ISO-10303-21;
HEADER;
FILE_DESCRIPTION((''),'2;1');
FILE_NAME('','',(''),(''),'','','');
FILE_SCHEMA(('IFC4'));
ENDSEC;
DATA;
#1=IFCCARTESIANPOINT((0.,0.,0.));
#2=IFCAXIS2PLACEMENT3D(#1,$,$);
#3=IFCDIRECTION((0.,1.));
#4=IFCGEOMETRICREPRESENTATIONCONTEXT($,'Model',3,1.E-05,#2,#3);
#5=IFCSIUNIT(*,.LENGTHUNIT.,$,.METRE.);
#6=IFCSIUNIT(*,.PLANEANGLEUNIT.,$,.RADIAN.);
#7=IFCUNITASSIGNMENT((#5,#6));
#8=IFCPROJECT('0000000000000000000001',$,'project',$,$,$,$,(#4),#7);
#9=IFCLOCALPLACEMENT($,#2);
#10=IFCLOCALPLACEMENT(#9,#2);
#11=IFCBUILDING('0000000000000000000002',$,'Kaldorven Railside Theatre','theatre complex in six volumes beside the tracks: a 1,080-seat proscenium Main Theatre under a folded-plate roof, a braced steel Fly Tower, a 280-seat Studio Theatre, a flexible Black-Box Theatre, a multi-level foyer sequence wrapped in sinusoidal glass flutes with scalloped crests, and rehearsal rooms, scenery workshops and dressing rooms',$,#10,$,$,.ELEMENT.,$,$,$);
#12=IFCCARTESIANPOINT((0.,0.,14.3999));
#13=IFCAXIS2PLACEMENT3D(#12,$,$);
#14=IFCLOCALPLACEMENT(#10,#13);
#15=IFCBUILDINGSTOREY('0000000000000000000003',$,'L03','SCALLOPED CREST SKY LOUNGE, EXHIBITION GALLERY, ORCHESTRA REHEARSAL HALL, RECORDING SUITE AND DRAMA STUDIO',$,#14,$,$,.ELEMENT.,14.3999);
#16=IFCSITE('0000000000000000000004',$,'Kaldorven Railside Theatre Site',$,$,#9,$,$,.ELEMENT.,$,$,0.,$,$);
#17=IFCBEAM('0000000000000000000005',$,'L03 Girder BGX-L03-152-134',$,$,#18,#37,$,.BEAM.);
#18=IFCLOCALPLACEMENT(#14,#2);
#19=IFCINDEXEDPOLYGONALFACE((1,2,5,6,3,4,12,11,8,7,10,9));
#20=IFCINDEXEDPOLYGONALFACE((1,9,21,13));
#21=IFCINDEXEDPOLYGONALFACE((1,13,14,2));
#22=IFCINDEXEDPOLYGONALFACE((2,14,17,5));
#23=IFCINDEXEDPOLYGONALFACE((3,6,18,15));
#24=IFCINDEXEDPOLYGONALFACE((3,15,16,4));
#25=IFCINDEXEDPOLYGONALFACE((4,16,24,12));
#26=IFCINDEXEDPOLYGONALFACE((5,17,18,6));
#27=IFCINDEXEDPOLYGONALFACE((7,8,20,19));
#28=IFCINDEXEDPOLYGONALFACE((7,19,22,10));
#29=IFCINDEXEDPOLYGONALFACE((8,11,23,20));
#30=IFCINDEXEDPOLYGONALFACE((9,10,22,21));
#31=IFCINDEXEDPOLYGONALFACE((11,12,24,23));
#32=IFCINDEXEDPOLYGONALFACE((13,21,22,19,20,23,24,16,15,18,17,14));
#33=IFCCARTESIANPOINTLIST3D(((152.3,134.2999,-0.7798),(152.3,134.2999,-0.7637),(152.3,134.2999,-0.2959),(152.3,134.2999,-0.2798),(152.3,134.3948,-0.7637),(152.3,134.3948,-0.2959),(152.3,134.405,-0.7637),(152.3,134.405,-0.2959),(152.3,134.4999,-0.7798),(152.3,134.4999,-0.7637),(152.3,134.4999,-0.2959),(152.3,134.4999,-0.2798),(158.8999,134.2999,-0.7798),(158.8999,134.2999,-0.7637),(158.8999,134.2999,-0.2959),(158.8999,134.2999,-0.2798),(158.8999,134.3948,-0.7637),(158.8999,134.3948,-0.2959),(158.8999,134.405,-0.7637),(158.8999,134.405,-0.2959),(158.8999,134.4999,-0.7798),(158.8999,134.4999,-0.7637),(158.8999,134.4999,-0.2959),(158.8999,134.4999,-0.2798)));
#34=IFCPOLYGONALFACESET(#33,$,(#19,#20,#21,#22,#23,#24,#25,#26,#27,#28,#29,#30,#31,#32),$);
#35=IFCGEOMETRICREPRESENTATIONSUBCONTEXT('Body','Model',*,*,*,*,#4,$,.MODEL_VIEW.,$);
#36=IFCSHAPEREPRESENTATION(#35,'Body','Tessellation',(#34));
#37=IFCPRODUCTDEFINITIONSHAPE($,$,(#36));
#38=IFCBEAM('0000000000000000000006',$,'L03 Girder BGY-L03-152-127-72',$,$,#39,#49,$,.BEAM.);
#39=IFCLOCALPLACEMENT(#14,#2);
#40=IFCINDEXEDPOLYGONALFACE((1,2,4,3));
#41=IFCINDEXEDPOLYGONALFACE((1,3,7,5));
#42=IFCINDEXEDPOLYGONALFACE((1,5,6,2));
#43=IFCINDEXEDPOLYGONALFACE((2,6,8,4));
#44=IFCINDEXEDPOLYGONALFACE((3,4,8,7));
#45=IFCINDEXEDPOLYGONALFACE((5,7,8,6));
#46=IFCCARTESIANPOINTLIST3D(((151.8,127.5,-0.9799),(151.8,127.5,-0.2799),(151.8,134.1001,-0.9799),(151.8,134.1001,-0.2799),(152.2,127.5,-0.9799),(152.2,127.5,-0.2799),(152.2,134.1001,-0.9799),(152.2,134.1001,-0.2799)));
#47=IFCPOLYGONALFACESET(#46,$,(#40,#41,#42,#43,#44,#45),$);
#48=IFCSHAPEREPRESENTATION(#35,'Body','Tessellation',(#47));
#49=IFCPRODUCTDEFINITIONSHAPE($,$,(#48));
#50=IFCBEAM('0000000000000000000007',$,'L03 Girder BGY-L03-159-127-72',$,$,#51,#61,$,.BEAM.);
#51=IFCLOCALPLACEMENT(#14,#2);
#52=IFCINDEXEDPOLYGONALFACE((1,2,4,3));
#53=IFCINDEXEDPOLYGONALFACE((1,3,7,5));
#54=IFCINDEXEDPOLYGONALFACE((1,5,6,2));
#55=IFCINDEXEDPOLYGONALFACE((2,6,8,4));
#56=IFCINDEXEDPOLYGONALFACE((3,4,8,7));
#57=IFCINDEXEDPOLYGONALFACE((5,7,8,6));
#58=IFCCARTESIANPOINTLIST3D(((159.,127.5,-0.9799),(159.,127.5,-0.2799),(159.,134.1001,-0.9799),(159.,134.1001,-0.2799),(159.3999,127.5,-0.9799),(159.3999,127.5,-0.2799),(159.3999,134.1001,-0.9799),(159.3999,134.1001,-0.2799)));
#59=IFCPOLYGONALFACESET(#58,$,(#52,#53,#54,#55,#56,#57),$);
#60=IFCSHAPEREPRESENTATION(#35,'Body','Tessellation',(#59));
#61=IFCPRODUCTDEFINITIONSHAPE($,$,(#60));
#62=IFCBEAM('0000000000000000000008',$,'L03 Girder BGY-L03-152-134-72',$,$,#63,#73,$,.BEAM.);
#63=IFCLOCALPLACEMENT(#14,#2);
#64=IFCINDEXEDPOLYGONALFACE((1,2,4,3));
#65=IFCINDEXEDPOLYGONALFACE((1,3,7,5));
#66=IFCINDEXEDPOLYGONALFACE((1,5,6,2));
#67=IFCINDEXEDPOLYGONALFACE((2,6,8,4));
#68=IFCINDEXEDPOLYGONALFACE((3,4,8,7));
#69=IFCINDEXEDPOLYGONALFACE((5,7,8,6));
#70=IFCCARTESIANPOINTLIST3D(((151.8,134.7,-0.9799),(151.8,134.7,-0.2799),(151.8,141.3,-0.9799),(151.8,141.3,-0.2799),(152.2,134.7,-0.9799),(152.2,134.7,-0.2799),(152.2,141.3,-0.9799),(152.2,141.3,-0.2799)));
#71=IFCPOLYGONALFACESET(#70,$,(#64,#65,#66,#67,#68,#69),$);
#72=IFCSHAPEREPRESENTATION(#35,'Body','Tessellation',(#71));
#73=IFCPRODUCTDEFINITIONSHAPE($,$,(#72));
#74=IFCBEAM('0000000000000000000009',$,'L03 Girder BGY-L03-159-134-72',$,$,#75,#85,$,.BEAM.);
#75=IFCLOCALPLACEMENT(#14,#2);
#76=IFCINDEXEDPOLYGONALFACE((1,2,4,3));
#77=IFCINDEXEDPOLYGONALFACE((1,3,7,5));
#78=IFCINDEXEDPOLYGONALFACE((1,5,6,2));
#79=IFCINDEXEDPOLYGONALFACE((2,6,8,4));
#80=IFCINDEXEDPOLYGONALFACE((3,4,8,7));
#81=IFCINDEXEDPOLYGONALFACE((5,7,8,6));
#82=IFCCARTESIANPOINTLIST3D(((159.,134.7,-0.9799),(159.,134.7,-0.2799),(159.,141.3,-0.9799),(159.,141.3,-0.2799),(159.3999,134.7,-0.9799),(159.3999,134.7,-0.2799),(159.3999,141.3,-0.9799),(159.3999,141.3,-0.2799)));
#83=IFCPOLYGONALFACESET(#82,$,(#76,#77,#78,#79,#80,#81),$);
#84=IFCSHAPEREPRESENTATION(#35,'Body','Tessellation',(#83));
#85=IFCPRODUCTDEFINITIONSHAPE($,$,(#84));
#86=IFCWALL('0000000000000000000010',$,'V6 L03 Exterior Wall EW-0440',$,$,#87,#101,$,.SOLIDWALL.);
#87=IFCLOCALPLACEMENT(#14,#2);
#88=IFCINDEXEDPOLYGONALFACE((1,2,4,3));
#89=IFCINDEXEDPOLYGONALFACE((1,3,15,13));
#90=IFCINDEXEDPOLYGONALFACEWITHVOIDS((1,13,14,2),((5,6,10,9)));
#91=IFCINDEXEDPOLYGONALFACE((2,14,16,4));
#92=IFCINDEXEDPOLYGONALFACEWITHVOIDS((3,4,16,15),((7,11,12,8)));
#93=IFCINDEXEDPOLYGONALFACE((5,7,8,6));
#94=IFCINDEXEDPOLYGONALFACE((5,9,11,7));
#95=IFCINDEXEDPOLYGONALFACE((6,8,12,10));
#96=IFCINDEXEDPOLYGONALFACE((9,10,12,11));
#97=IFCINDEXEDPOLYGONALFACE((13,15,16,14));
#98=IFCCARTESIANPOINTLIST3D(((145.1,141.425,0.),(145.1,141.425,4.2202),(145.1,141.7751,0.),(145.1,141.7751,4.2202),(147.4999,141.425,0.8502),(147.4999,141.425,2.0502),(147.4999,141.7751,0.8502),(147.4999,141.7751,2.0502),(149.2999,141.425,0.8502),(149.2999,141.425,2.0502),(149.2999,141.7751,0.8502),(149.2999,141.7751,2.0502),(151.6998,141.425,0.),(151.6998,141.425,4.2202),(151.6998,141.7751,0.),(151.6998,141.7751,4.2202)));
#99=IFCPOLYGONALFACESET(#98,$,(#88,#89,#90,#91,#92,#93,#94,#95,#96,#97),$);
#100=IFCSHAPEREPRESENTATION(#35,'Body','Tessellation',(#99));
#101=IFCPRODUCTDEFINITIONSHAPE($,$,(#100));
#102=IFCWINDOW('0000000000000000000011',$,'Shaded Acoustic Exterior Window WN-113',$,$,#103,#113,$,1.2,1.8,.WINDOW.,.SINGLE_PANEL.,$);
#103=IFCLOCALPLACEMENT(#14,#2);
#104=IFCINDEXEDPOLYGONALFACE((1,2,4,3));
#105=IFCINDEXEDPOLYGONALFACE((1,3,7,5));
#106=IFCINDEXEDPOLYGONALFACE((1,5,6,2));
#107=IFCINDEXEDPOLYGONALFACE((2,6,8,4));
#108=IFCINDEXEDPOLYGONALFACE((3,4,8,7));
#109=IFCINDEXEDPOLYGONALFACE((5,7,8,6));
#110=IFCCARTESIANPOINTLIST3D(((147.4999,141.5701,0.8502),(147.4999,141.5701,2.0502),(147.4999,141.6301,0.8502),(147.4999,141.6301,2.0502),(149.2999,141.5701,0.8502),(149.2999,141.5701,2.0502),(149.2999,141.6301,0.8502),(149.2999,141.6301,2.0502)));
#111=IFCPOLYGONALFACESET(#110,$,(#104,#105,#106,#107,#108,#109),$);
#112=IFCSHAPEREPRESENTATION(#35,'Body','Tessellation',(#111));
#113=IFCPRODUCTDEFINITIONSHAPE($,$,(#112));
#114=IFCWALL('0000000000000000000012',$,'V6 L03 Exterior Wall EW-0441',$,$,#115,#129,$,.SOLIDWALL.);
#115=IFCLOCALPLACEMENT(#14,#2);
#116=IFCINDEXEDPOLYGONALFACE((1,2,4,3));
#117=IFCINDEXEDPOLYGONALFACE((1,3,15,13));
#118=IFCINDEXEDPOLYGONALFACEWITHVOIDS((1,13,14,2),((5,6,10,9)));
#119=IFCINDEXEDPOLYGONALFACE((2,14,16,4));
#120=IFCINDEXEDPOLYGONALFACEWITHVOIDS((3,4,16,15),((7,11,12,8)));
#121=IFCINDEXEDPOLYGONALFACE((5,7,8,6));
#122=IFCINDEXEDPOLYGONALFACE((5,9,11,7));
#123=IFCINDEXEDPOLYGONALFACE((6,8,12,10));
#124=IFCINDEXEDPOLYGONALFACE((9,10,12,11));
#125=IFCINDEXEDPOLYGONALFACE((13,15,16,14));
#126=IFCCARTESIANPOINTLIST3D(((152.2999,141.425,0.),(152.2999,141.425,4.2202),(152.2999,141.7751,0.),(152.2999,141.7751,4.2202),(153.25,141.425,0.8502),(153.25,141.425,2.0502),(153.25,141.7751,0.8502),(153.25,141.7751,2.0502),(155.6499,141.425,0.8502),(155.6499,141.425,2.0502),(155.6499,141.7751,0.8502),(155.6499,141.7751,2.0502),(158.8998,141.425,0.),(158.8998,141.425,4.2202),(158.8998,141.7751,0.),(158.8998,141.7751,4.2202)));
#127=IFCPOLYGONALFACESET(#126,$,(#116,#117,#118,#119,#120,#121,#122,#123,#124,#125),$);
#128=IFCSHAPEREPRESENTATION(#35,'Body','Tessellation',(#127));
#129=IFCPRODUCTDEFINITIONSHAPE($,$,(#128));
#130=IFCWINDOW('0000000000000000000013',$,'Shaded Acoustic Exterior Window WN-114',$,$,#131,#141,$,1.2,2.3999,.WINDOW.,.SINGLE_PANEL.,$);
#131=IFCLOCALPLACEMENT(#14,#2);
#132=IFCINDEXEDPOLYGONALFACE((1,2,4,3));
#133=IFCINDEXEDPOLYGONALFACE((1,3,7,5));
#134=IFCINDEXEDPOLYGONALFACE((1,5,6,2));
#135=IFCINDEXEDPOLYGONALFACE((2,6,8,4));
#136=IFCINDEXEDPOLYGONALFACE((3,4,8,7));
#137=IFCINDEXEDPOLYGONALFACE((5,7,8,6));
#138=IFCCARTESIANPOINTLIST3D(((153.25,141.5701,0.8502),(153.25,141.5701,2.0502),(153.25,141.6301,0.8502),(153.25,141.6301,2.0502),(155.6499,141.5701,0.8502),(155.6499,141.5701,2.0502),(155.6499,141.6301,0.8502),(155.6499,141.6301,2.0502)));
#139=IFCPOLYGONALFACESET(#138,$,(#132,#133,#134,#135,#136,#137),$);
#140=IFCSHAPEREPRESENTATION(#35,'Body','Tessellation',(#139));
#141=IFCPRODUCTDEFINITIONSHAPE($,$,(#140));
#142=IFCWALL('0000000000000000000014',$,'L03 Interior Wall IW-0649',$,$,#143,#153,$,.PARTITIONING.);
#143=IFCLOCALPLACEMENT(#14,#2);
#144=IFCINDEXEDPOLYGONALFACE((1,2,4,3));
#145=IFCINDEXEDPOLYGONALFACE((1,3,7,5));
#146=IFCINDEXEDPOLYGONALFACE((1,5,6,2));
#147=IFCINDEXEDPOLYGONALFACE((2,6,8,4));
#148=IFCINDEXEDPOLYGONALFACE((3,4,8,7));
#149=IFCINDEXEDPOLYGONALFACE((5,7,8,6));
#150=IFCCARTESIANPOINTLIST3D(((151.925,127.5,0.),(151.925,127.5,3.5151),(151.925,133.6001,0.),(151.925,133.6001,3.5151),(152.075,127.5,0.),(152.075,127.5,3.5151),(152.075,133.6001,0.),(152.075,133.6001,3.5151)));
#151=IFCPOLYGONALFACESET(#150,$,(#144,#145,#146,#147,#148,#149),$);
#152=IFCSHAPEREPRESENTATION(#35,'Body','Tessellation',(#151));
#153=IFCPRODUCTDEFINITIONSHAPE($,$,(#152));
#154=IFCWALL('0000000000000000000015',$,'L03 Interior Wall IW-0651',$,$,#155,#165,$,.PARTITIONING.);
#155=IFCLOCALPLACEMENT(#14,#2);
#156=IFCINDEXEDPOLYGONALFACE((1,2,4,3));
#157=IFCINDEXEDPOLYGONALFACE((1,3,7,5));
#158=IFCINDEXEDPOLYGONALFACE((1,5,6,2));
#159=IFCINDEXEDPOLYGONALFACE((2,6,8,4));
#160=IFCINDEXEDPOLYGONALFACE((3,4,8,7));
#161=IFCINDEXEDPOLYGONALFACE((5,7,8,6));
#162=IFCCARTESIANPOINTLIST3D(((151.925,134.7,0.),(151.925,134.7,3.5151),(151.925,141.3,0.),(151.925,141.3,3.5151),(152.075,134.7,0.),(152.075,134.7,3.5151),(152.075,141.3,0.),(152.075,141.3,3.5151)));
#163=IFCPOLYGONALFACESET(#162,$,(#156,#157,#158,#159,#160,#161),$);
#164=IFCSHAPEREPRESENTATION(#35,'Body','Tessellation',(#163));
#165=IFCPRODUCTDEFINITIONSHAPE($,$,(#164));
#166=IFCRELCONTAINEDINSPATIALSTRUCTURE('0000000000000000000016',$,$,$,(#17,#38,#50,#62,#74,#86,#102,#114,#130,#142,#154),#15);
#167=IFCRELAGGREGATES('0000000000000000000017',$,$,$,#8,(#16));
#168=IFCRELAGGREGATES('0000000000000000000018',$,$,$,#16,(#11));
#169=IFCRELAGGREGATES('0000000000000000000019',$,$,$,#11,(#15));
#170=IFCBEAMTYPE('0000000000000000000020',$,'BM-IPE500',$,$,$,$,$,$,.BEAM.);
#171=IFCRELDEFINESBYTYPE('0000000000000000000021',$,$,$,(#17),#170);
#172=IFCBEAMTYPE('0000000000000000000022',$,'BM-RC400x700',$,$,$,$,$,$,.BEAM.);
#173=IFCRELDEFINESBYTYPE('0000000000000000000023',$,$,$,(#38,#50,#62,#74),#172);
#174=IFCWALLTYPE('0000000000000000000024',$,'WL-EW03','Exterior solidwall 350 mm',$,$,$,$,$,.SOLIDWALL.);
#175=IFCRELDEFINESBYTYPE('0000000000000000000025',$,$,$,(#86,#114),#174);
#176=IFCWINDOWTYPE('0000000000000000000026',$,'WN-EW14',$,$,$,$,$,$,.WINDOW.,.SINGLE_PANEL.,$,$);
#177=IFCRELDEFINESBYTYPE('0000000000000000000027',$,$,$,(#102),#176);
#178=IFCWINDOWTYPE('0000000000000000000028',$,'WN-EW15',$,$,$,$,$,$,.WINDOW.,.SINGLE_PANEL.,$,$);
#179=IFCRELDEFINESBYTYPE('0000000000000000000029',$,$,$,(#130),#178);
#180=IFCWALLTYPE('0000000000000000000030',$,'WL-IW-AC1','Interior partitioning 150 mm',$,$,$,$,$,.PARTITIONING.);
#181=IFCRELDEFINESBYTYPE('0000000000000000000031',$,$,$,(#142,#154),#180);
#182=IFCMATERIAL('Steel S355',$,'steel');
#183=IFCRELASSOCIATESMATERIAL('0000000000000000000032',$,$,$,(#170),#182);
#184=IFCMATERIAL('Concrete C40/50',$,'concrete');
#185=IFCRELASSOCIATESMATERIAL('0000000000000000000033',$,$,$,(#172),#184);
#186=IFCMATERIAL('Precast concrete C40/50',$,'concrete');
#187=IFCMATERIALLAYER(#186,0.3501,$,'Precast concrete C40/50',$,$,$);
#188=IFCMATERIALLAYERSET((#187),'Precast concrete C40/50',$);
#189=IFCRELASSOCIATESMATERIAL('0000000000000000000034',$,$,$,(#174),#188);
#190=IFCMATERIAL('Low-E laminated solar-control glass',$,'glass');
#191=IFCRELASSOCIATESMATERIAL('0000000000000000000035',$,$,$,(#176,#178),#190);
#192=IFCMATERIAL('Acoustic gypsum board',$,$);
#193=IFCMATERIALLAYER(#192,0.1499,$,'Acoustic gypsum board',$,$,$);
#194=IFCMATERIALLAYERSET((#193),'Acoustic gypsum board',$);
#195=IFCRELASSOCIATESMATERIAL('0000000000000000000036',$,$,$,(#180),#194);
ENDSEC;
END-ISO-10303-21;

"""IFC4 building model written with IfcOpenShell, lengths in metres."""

from ifc_helpers import new_model, si_unit, direction, frame, frame_2d, origin, origin_2d, place, context, subcontext, project, spatial, rectangle, i_section, extrude, material, layer, layer_set, material_profile, profile_set, type_object, element, fill, save


model = new_model("IFC4")

# Units and contexts
model_context = context("Model", 3, precision=1e-05, world=origin(), true_north=direction((0.0, 1.0)))
body_context = subcontext(model_context, "Body", "Model", "MODEL_VIEW")
ifc_project = project(units=[si_unit("LENGTHUNIT", "METRE"), si_unit("PLANEANGLEUNIT", "RADIAN")], contexts=[model_context])

# Site, building, storey
site_placement = place(None, origin())
site = spatial("IfcSite", under=ifc_project, at=site_placement, Name="Kaldorven Railside Theatre Site", CompositionType="ELEMENT", RefElevation=0.0)
building_placement = place(site_placement, origin())
building = spatial("IfcBuilding", under=site, at=building_placement, Name="Kaldorven Railside Theatre", Description="theatre complex in six volumes beside the tracks: a 1,080-seat proscenium Main Theatre under a folded-plate roof, a braced steel Fly Tower, a 280-seat Studio Theatre, a flexible Black-Box Theatre, a multi-level foyer sequence wrapped in sinusoidal glass flutes with scalloped crests, and rehearsal rooms, scenery workshops and dressing rooms", CompositionType="ELEMENT")
storey_placement = place(building_placement, frame((0.0, 0.0, 14.3999)))
storey = spatial("IfcBuildingStorey", under=building, at=storey_placement, Name="L03", Description="SCALLOPED CREST SKY LOUNGE, EXHIBITION GALLERY, ORCHESTRA REHEARSAL HALL, RECORDING SUITE AND DRAMA STUDIO", CompositionType="ELEMENT", Elevation=14.3999)

# Shared definitions
ifc_material_1 = material(Name="Concrete C40/50", Category="concrete")

# Beams
ifc_material_2 = material(Name="Steel S355", Category="steel")
ifc_material_profile_1 = material_profile(ifc_material_2, i_section(OverallWidth=0.2, OverallDepth=0.5, WebThickness=0.0103, FlangeThickness=0.0161, at=origin_2d()), Name="IPE 500")
ifc_profile_set_1 = profile_set([ifc_material_profile_1], Name="Steel S355")
beam_type_1 = type_object("IfcBeamType", Name="BM-IPE500", PredefinedType="BEAM", material=ifc_profile_set_1)
beam_placement = place(storey_placement, frame((152.3, 134.3999, -0.5298), z_axis=(1.0, 0.0, 0.0), x_axis=(0.0, 1.0, 0.0)))
element("IfcBeam", 1, at=beam_placement, inside=storey, type_object=beam_type_1, Name="L03 Girder BGX-L03-152-134", PredefinedType="BEAM", context=body_context, shape_type="SweptSolid", body=[
    extrude(i_section(OverallWidth=0.2, OverallDepth=0.5, WebThickness=0.0103, FlangeThickness=0.0161, at=origin_2d()), origin(), (0.0, 0.0, 1.0), 6.5999),
])
ifc_material_profile_2 = material_profile(ifc_material_1, rectangle(XDim=0.3999, YDim=0.7, at=origin_2d()), Name="RC 400x700")
ifc_profile_set_2 = profile_set([ifc_material_profile_2], Name="Concrete C40/50")
beam_type_2 = type_object("IfcBeamType", Name="BM-RC400x700", PredefinedType="BEAM", material=ifc_profile_set_2)
for number, where, z_axis, x_axis, name in (
    (2, (152.0, 127.5, -0.6299), (0.0, 1.0, 0.0), (-1.0, 0.0, 0.0), "L03 Girder BGY-L03-152-127-72"),
    (3, (159.2, 127.5, -0.6299), (0.0, 1.0, 0.0), (-1.0, 0.0, 0.0), "L03 Girder BGY-L03-159-127-72"),
    (4, (152.0, 134.7, -0.6299), (0.0, 1.0, 0.0), (-1.0, 0.0, 0.0), "L03 Girder BGY-L03-152-134-72"),
    (5, (159.2, 134.7, -0.6299), (0.0, 1.0, 0.0), (-1.0, 0.0, 0.0), "L03 Girder BGY-L03-159-134-72"),
):
    element("IfcBeam", number, at=place(storey_placement, frame(where, z_axis=z_axis, x_axis=x_axis)), inside=storey, type_object=beam_type_2, Name=name, PredefinedType="BEAM", context=body_context, shape_type="SweptSolid", body=[
        extrude(rectangle(XDim=0.3999, YDim=0.7, at=origin_2d()), origin(), (0.0, 0.0, 1.0), 6.6001),
    ])

# Walls, openings, windows
ifc_material_3 = material(Name="Precast concrete C40/50", Category="concrete")
ifc_layer_1 = layer(ifc_material_3, 0.3501, Name="Precast concrete C40/50")
ifc_layer_set_1 = layer_set([ifc_layer_1], Name="Precast concrete C40/50")
wall_type_1 = type_object("IfcWallType", Name="WL-EW03", Description="Exterior solidwall 350 mm", PredefinedType="SOLIDWALL", material=ifc_layer_set_1)
wall_1_placement = place(storey_placement, frame((145.1001, 141.6001, 0.0), z_axis=(0.0, 0.0, 1.0), x_axis=(1.0, 0.0, 0.0)))
wall_1 = element("IfcWall", 6, at=wall_1_placement, inside=storey, type_object=wall_type_1, Name="V6 L03 Exterior Wall EW-0440", PredefinedType="SOLIDWALL", context=body_context, shape_type="SweptSolid", body=[
    extrude(rectangle(XDim=6.5999, YDim=0.3501, at=frame_2d((3.2998, 0.0))), origin(), (0.0, 0.0, 1.0), 4.2202),
])
opening_1_placement = place(wall_1_placement, frame((2.3999, 0.0, 0.8501)))
opening_1 = element("IfcOpeningElement", 7, at=opening_1_placement, cuts=wall_1, PredefinedType="OPENING", context=body_context, shape_type="SweptSolid", body=[
    extrude(rectangle(XDim=1.8, YDim=1.2, at=frame_2d((0.8999, 0.6001))), frame((0.0, 0.1851, 0.0), z_axis=(0.0, -1.0, 0.0), x_axis=(1.0, 0.0, 0.0)), (0.0, 0.0, 1.0), 0.3701),
])
ifc_material_4 = material(Name="Low-E laminated solar-control glass", Category="glass")
window_type_1 = type_object("IfcWindowType", Name="WN-EW14", PartitioningType="SINGLE_PANEL", PredefinedType="WINDOW", material=ifc_material_4)
window_1_placement = place(opening_1_placement, origin())
window_1 = element("IfcWindow", 8, at=window_1_placement, inside=storey, type_object=window_type_1, Name="Shaded Acoustic Exterior Window WN-113", OverallHeight=1.2, OverallWidth=1.8, PartitioningType="SINGLE_PANEL", PredefinedType="WINDOW", context=body_context, shape_type="SweptSolid", body=[
    extrude(rectangle(XDim=1.8, YDim=1.2, at=frame_2d((0.8999, 0.6001))), frame((0.0, 0.03, 0.0), z_axis=(0.0, -1.0, 0.0), x_axis=(1.0, 0.0, 0.0)), (0.0, 0.0, 1.0), 0.0601),
])
fill(opening_1, window_1)
wall_2_placement = place(storey_placement, frame((152.3, 141.6001, 0.0), z_axis=(0.0, 0.0, 1.0), x_axis=(1.0, 0.0, 0.0)))
wall_2 = element("IfcWall", 9, at=wall_2_placement, inside=storey, type_object=wall_type_1, Name="V6 L03 Exterior Wall EW-0441", PredefinedType="SOLIDWALL", context=body_context, shape_type="SweptSolid", body=[
    extrude(rectangle(XDim=6.5999, YDim=0.3501, at=frame_2d((3.2998, 0.0))), origin(), (0.0, 0.0, 1.0), 4.2202),
])
opening_2_placement = place(wall_2_placement, frame((0.95, 0.0, 0.8501)))
opening_2 = element("IfcOpeningElement", 10, at=opening_2_placement, cuts=wall_2, PredefinedType="OPENING", context=body_context, shape_type="SweptSolid", body=[
    extrude(rectangle(XDim=2.3999, YDim=1.2, at=frame_2d((1.2, 0.6001))), frame((0.0, 0.1851, 0.0), z_axis=(0.0, -1.0, 0.0), x_axis=(1.0, 0.0, 0.0)), (0.0, 0.0, 1.0), 0.3701),
])
window_type_2 = type_object("IfcWindowType", Name="WN-EW15", PartitioningType="SINGLE_PANEL", PredefinedType="WINDOW", material=ifc_material_4)
window_2_placement = place(opening_2_placement, origin())
window_2 = element("IfcWindow", 11, at=window_2_placement, inside=storey, type_object=window_type_2, Name="Shaded Acoustic Exterior Window WN-114", OverallHeight=1.2, OverallWidth=2.3999, PartitioningType="SINGLE_PANEL", PredefinedType="WINDOW", context=body_context, shape_type="SweptSolid", body=[
    extrude(rectangle(XDim=2.3999, YDim=1.2, at=frame_2d((1.2, 0.6001))), frame((0.0, 0.03, 0.0), z_axis=(0.0, -1.0, 0.0), x_axis=(1.0, 0.0, 0.0)), (0.0, 0.0, 1.0), 0.0601),
])
fill(opening_2, window_2)

# Walls
ifc_material_5 = material(Name="Acoustic gypsum board")
ifc_layer_2 = layer(ifc_material_5, 0.1499, Name="Acoustic gypsum board")
ifc_layer_set_2 = layer_set([ifc_layer_2], Name="Acoustic gypsum board")
wall_type_2 = type_object("IfcWallType", Name="WL-IW-AC1", Description="Interior partitioning 150 mm", PredefinedType="PARTITIONING", material=ifc_layer_set_2)
wall_3_placement = place(storey_placement, frame((152.0, 127.5, 0.0), z_axis=(0.0, 0.0, 1.0), x_axis=(0.0, 1.0, 0.0)))
element("IfcWall", 12, at=wall_3_placement, inside=storey, type_object=wall_type_2, Name="L03 Interior Wall IW-0649", PredefinedType="PARTITIONING", context=body_context, shape_type="SweptSolid", body=[
    extrude(rectangle(XDim=6.1001, YDim=0.1499, at=frame_2d((3.05, 0.0))), origin(), (0.0, 0.0, 1.0), 3.5151),
])
wall_4_placement = place(storey_placement, frame((152.0, 134.7, 0.0), z_axis=(0.0, 0.0, 1.0), x_axis=(0.0, 1.0, 0.0)))
element("IfcWall", 13, at=wall_4_placement, inside=storey, type_object=wall_type_2, Name="L03 Interior Wall IW-0651", PredefinedType="PARTITIONING", context=body_context, shape_type="SweptSolid", body=[
    extrude(rectangle(XDim=6.6001, YDim=0.1499, at=frame_2d((3.3, 0.0))), origin(), (0.0, 0.0, 1.0), 3.5151),
])

save(model, "model.ifc")
